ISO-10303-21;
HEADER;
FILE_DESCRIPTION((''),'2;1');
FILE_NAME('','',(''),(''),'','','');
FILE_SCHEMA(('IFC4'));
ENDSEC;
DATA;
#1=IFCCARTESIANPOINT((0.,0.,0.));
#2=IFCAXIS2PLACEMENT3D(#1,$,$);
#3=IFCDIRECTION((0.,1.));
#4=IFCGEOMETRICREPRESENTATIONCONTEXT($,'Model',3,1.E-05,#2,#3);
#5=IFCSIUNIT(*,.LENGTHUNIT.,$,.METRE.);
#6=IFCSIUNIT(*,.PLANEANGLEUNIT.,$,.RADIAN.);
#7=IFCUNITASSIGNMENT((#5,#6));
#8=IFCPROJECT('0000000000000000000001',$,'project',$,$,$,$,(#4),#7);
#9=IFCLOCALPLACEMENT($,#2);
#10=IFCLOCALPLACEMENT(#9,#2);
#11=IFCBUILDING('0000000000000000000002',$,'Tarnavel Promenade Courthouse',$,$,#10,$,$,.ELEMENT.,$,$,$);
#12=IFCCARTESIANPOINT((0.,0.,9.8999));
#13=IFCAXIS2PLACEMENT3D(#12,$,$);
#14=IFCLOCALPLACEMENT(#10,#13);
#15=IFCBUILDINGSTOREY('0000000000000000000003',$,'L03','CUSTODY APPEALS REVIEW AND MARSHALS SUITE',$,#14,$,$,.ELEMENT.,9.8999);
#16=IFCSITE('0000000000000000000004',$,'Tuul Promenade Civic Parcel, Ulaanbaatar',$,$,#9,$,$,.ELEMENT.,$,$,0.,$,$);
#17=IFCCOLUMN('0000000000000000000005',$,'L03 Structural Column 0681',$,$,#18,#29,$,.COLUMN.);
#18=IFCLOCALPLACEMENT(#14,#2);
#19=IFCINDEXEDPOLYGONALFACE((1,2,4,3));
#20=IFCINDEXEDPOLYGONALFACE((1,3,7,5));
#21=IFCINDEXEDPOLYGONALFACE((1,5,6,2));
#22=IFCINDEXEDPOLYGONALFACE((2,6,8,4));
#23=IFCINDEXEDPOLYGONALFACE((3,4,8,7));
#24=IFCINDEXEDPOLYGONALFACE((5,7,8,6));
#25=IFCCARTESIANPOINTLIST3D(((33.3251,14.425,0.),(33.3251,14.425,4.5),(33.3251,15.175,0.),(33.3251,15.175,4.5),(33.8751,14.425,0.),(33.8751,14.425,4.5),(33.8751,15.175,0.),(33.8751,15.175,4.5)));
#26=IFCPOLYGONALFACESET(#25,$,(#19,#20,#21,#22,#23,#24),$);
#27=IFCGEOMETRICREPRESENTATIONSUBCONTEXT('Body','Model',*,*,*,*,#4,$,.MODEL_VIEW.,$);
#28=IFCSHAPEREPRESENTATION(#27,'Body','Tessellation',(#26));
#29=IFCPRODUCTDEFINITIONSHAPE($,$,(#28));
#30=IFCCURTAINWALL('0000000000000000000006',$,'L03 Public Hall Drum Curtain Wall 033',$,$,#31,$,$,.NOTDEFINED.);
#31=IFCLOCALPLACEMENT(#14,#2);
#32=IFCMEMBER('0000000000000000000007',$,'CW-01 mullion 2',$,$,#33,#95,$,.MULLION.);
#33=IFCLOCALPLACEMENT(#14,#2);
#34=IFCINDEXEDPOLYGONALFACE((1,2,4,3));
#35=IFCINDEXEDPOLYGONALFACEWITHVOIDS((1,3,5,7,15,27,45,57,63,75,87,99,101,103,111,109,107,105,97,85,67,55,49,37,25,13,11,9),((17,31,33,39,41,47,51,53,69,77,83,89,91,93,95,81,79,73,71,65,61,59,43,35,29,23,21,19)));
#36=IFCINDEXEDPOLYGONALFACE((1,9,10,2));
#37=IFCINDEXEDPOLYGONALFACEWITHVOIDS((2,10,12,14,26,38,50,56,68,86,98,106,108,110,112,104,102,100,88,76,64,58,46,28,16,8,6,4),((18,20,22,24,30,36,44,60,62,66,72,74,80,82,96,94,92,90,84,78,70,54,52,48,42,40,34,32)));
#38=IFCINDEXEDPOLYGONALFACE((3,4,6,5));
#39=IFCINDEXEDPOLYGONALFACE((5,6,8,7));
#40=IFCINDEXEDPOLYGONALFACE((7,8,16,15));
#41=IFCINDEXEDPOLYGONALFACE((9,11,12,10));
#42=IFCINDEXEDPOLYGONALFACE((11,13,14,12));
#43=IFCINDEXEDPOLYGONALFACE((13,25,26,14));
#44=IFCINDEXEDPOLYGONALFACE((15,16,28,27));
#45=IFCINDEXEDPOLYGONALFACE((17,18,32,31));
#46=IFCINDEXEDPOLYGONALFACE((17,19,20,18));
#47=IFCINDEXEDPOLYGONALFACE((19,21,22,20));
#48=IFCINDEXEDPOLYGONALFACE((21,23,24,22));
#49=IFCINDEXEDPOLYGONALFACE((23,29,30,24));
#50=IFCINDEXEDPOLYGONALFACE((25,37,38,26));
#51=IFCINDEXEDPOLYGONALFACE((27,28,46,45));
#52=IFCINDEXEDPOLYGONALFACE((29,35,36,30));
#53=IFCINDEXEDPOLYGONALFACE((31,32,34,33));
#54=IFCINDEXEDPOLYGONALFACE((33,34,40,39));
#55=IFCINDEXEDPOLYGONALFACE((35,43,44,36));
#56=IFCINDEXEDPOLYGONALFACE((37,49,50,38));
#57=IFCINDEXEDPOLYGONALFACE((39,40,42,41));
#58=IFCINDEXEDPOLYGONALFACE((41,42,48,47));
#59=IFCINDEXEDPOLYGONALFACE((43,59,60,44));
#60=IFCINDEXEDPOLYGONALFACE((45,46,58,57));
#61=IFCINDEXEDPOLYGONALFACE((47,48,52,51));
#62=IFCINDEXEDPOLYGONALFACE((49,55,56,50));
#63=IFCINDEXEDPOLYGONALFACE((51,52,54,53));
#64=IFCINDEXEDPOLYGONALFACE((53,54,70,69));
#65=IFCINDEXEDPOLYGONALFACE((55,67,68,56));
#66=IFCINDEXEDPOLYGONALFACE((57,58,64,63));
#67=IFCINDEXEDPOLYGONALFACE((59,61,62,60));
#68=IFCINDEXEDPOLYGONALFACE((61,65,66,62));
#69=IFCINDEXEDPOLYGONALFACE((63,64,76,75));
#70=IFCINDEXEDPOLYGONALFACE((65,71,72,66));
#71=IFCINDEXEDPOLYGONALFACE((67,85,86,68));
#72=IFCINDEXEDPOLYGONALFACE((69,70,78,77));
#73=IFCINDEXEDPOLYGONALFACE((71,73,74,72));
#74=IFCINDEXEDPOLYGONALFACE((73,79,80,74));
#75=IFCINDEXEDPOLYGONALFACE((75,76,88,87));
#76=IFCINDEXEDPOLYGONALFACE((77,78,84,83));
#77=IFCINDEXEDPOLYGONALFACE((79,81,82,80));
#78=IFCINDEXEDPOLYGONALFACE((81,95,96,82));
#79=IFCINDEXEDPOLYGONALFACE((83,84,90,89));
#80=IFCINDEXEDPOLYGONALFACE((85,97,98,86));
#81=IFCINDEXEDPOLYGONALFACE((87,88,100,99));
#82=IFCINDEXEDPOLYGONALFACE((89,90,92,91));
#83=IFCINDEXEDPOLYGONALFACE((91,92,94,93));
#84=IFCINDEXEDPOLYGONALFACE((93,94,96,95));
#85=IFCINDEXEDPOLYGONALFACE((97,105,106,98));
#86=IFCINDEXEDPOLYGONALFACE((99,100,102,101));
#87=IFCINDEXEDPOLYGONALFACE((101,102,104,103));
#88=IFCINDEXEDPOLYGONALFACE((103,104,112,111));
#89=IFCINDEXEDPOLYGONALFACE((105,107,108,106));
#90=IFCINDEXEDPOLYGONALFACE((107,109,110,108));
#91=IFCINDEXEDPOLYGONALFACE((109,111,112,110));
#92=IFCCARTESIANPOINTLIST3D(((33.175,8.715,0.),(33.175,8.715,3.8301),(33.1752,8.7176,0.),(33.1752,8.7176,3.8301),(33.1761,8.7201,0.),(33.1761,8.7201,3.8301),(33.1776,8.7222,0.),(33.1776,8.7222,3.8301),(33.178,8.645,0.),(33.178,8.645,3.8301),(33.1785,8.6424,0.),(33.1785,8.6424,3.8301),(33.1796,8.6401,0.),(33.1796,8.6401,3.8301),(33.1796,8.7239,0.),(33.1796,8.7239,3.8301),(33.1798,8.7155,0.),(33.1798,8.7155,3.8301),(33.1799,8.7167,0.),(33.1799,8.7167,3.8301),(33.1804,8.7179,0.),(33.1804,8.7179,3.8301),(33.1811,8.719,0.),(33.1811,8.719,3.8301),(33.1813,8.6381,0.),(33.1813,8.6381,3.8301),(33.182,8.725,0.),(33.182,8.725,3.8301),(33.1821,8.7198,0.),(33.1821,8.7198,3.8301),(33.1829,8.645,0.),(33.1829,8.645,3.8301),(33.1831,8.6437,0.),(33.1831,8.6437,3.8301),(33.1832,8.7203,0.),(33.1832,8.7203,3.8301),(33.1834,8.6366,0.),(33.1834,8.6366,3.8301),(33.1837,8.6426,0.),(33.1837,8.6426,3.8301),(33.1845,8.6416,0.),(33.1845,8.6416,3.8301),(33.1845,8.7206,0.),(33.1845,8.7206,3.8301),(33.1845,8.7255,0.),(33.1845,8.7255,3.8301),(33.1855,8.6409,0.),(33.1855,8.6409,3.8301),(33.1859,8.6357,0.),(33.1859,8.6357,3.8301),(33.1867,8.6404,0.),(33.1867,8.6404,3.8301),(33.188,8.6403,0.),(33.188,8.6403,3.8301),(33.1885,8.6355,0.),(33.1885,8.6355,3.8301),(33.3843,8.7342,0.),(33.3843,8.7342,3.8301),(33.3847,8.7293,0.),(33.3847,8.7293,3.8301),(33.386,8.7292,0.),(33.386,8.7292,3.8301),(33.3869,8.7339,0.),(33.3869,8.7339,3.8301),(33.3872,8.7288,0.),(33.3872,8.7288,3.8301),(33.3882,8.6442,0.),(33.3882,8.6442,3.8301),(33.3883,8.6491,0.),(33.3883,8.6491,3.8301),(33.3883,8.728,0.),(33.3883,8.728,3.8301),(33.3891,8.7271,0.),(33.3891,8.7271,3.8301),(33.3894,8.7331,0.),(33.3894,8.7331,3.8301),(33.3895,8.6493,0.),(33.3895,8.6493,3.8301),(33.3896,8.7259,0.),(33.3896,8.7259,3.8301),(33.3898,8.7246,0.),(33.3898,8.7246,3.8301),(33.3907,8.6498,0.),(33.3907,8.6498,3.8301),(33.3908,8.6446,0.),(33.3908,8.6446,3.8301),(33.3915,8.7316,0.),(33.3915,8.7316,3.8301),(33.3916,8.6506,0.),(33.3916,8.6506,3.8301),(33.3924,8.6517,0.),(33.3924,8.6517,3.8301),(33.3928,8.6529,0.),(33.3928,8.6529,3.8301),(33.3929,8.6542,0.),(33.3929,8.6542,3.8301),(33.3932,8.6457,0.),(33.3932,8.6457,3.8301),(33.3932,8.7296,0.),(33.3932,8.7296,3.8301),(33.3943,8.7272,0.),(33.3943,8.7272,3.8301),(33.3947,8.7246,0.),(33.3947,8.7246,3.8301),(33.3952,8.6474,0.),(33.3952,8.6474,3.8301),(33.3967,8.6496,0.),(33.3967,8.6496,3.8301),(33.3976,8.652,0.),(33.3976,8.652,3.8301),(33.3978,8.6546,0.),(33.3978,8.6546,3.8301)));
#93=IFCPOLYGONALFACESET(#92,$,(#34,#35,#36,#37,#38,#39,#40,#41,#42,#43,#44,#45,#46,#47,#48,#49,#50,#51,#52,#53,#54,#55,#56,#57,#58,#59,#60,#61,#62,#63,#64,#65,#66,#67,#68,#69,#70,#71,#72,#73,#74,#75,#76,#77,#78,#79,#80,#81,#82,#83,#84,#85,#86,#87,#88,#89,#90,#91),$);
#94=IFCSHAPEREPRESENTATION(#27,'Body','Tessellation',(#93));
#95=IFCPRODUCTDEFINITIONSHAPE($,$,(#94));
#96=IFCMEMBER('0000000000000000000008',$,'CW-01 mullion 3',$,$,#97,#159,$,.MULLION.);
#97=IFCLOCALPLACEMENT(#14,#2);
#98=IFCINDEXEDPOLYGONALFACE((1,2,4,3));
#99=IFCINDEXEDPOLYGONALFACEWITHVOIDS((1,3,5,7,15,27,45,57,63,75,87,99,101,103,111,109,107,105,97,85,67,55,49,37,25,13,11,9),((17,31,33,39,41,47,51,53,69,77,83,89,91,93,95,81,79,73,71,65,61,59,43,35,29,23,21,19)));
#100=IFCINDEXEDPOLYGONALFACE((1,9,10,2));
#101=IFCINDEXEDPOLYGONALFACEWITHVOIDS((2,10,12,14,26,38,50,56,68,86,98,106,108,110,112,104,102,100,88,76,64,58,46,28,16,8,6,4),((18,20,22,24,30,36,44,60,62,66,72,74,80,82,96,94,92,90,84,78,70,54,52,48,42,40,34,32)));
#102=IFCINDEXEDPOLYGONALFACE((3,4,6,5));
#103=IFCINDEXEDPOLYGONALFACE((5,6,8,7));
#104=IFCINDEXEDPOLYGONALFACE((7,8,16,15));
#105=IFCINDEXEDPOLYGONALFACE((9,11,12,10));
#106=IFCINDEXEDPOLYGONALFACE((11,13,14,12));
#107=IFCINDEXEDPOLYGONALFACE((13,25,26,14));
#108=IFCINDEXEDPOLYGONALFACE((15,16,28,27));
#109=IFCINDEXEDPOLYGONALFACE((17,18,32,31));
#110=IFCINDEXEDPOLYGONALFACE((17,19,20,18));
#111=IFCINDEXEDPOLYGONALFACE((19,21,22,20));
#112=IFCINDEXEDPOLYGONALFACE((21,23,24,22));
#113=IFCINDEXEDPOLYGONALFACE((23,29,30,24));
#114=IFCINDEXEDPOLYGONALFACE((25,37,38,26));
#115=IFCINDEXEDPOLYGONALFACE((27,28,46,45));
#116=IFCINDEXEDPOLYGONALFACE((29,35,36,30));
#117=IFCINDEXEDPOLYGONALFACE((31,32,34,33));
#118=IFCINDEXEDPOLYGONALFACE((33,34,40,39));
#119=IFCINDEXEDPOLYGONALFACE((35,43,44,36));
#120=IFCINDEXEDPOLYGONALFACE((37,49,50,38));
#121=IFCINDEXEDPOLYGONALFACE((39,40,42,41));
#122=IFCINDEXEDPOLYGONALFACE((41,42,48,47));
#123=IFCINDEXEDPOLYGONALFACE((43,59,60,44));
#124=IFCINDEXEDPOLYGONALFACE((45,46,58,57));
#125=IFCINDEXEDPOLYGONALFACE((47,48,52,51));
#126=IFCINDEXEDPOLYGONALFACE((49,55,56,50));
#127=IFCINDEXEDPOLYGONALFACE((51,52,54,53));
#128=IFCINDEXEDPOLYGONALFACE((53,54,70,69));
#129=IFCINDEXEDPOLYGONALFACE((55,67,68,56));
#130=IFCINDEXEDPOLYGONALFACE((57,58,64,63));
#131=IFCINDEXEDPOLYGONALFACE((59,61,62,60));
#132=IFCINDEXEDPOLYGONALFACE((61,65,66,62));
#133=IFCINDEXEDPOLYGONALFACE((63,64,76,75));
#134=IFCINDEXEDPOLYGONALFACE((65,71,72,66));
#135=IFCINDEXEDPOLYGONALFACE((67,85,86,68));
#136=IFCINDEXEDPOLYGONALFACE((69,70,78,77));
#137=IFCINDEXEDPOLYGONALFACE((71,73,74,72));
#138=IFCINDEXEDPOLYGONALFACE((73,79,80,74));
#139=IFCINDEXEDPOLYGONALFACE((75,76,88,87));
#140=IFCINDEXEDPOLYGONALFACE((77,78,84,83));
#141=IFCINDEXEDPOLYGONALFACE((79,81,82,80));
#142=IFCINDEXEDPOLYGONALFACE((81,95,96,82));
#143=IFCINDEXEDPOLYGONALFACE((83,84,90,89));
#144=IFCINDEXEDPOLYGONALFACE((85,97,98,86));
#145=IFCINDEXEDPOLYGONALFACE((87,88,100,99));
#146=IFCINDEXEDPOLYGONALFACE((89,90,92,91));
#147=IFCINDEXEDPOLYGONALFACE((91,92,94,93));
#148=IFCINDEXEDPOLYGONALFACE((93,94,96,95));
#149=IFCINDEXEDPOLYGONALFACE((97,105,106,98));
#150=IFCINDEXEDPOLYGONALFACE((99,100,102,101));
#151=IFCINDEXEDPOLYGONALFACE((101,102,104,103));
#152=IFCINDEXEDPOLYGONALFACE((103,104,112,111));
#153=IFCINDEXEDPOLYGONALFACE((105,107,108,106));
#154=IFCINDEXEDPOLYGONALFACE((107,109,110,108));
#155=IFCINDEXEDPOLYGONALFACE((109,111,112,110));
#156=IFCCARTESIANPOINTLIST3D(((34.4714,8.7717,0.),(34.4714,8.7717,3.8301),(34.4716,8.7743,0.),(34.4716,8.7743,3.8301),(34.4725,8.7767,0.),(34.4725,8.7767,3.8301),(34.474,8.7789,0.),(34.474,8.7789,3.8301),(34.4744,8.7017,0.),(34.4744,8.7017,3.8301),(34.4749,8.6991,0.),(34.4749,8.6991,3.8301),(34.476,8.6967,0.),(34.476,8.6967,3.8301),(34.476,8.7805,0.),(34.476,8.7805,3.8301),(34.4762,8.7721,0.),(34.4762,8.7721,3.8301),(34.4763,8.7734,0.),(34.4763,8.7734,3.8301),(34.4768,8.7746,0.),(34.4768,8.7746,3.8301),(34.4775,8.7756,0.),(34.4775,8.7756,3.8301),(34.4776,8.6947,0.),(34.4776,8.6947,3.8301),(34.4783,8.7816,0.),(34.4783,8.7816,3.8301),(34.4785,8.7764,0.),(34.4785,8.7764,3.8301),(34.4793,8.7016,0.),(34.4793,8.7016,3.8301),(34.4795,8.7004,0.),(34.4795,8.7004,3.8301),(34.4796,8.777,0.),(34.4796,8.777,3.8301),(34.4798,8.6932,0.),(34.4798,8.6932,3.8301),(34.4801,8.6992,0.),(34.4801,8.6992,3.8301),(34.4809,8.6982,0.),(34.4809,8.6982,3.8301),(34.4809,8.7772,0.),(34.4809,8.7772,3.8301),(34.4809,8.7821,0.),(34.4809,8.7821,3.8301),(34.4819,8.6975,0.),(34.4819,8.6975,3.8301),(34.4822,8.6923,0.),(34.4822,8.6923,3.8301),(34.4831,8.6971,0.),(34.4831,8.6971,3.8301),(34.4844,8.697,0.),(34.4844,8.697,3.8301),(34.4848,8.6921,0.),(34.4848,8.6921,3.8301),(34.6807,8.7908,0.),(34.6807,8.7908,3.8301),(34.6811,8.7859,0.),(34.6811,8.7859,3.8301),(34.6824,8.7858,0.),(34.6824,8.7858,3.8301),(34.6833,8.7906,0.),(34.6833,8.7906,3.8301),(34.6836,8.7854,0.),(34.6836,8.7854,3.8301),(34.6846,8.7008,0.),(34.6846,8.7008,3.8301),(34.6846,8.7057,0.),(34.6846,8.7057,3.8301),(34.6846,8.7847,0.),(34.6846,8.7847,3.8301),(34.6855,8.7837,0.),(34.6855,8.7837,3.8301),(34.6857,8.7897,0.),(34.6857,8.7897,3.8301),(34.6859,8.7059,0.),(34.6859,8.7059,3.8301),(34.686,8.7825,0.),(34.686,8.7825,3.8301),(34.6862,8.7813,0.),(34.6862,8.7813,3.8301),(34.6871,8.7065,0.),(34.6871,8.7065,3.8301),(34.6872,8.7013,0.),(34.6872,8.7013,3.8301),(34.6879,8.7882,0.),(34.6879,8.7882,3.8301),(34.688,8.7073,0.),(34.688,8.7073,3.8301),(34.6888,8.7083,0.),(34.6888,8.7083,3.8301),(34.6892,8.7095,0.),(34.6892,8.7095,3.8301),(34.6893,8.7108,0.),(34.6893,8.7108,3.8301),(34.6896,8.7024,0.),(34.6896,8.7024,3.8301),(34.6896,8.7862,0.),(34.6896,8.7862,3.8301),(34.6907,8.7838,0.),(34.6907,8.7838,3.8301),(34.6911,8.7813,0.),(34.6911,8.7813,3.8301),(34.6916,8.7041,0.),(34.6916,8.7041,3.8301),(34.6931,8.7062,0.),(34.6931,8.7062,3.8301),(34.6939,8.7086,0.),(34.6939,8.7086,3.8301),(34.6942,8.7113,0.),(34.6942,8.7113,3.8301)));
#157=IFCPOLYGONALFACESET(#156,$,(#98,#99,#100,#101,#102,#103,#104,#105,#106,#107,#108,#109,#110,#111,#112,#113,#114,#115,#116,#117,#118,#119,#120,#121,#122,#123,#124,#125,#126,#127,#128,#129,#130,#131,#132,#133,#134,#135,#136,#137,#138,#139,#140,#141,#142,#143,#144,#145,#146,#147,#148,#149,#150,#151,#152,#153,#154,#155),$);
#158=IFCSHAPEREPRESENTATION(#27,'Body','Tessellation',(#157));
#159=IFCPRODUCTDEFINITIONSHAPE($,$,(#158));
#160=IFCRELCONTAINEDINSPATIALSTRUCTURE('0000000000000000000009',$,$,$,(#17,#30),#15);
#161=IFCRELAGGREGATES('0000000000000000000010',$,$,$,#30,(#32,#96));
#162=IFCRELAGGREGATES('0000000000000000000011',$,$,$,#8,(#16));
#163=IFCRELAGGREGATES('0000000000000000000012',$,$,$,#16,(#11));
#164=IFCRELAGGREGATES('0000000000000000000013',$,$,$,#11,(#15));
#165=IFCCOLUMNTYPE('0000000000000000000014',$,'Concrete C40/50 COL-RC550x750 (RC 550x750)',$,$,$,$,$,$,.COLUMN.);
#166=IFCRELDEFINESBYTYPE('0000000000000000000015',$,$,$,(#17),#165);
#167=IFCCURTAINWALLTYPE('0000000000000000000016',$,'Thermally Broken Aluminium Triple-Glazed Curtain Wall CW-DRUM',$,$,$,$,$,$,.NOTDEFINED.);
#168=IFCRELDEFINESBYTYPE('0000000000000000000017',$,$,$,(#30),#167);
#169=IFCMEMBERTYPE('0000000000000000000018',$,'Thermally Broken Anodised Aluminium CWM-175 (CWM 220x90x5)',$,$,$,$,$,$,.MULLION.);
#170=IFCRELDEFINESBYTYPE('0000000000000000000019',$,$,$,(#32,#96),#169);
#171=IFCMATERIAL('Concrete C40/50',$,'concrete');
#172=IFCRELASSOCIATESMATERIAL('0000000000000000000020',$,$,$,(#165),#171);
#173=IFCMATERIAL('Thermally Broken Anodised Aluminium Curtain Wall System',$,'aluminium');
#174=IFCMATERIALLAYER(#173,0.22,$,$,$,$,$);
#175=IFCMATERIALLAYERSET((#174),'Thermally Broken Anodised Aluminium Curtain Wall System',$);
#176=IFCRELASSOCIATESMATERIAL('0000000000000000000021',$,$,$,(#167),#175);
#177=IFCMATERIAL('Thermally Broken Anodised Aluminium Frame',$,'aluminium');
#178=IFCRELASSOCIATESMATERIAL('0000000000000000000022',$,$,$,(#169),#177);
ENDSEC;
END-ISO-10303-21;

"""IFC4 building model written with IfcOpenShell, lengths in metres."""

from ifc_helpers import new_model, si_unit, direction, frame, origin, origin_2d, place, context, subcontext, project, spatial, rectangle, hollow_rectangle, extrude, material, layer, layer_set, material_profile, profile_set, type_object, element, aggregate, save


model = new_model("IFC4")

# Units and contexts
model_context = context("Model", 3, precision=1e-05, world=origin(), true_north=direction((0.0, 1.0)))
body_context = subcontext(model_context, "Body", "Model", "MODEL_VIEW")
ifc_project = project(units=[si_unit("LENGTHUNIT", "METRE"), si_unit("PLANEANGLEUNIT", "RADIAN")], contexts=[model_context])

# Site, building, storey
site_placement = place(None, origin())
site = spatial("IfcSite", under=ifc_project, at=site_placement, Name="Tuul Promenade Civic Parcel, Ulaanbaatar", CompositionType="ELEMENT", RefElevation=0.0)
building_placement = place(site_placement, origin())
building = spatial("IfcBuilding", under=site, at=building_placement, Name="Tarnavel Promenade Courthouse", CompositionType="ELEMENT")
storey_placement = place(building_placement, frame((0.0, 0.0, 9.8999)))
storey = spatial("IfcBuildingStorey", under=building, at=storey_placement, Name="L03", Description="CUSTODY APPEALS REVIEW AND MARSHALS SUITE", CompositionType="ELEMENT", Elevation=9.8999)

# Column
ifc_material_1 = material(Name="Concrete C40/50", Category="concrete")
ifc_material_profile_1 = material_profile(ifc_material_1, rectangle(XDim=0.55, YDim=0.75, at=origin_2d()), Name="RC 550x750")
ifc_profile_set_1 = profile_set([ifc_material_profile_1], Name="Concrete C40/50")
column_type = type_object("IfcColumnType", Name="Concrete C40/50 COL-RC550x750 (RC 550x750)", PredefinedType="COLUMN", material=ifc_profile_set_1)
column_placement = place(storey_placement, frame((33.6001, 14.8, 0.0), z_axis=(0.0, 0.0, 1.0), x_axis=(1.0, 0.0, 0.0)))
element("IfcColumn", 1, at=column_placement, inside=storey, type_object=column_type, Name="L03 Structural Column 0681", PredefinedType="COLUMN", context=body_context, shape_type="SweptSolid", body=[
    extrude(rectangle(XDim=0.55, YDim=0.75, at=origin_2d()), origin(), (0.0, 0.0, 1.0), 4.5),
])

# Curtain wall, members
ifc_material_2 = material(Name="Thermally Broken Anodised Aluminium Curtain Wall System", Category="aluminium")
ifc_layer_1 = layer(ifc_material_2, 0.22)
ifc_layer_set_1 = layer_set([ifc_layer_1], Name="Thermally Broken Anodised Aluminium Curtain Wall System")
curtain_wall_type = type_object("IfcCurtainWallType", Name="Thermally Broken Aluminium Triple-Glazed Curtain Wall CW-DRUM", PredefinedType="NOTDEFINED", material=ifc_layer_set_1)
curtain_wall_1_placement = place(storey_placement, origin())
curtain_wall_1 = element("IfcCurtainWall", 2, at=curtain_wall_1_placement, inside=storey, type_object=curtain_wall_type, Name="L03 Public Hall Drum Curtain Wall 033", PredefinedType="NOTDEFINED")
ifc_material_3 = material(Name="Thermally Broken Anodised Aluminium Frame", Category="aluminium")
ifc_material_profile_2 = material_profile(ifc_material_3, hollow_rectangle(XDim=0.0901, YDim=0.22, WallThickness=0.0049, InnerFilletRadius=0.0049, OuterFilletRadius=0.01, at=origin_2d()), Name="CWM 220x90x5")
ifc_profile_set_2 = profile_set([ifc_material_profile_2], Name="Thermally Broken Anodised Aluminium Frame")
member_type_1 = type_object("IfcMemberType", Name="Thermally Broken Anodised Aluminium CWM-175 (CWM 220x90x5)", PredefinedType="MULLION", material=ifc_profile_set_2)
member_1_placement = place(storey_placement, frame((33.2864, 8.6848, 0.0), z_axis=(0.0, 0.0, 1.0), x_axis=(-0.043619, 0.999048, 0.0)))
member_1 = element("IfcMember", 3, at=member_1_placement, type_object=member_type_1, Name="CW-01 mullion 2", PredefinedType="MULLION", context=body_context, shape_type="SweptSolid", body=[
    extrude(hollow_rectangle(XDim=0.0901, YDim=0.22, WallThickness=0.0049, InnerFilletRadius=0.0049, OuterFilletRadius=0.01, at=origin_2d()), origin(), (0.0, 0.0, 1.0), 3.8301),
])
member_2_placement = place(storey_placement, frame((34.5828, 8.7415, 0.0), z_axis=(0.0, 0.0, 1.0), x_axis=(-0.043619, 0.999048, 0.0)))
member_2 = element("IfcMember", 4, at=member_2_placement, type_object=member_type_1, Name="CW-01 mullion 3", PredefinedType="MULLION", context=body_context, shape_type="SweptSolid", body=[
    extrude(hollow_rectangle(XDim=0.0901, YDim=0.22, WallThickness=0.0049, InnerFilletRadius=0.0049, OuterFilletRadius=0.01, at=origin_2d()), origin(), (0.0, 0.0, 1.0), 3.8301),
])

aggregate(curtain_wall_1, [member_1, member_2])

save(model, "model.ifc")
